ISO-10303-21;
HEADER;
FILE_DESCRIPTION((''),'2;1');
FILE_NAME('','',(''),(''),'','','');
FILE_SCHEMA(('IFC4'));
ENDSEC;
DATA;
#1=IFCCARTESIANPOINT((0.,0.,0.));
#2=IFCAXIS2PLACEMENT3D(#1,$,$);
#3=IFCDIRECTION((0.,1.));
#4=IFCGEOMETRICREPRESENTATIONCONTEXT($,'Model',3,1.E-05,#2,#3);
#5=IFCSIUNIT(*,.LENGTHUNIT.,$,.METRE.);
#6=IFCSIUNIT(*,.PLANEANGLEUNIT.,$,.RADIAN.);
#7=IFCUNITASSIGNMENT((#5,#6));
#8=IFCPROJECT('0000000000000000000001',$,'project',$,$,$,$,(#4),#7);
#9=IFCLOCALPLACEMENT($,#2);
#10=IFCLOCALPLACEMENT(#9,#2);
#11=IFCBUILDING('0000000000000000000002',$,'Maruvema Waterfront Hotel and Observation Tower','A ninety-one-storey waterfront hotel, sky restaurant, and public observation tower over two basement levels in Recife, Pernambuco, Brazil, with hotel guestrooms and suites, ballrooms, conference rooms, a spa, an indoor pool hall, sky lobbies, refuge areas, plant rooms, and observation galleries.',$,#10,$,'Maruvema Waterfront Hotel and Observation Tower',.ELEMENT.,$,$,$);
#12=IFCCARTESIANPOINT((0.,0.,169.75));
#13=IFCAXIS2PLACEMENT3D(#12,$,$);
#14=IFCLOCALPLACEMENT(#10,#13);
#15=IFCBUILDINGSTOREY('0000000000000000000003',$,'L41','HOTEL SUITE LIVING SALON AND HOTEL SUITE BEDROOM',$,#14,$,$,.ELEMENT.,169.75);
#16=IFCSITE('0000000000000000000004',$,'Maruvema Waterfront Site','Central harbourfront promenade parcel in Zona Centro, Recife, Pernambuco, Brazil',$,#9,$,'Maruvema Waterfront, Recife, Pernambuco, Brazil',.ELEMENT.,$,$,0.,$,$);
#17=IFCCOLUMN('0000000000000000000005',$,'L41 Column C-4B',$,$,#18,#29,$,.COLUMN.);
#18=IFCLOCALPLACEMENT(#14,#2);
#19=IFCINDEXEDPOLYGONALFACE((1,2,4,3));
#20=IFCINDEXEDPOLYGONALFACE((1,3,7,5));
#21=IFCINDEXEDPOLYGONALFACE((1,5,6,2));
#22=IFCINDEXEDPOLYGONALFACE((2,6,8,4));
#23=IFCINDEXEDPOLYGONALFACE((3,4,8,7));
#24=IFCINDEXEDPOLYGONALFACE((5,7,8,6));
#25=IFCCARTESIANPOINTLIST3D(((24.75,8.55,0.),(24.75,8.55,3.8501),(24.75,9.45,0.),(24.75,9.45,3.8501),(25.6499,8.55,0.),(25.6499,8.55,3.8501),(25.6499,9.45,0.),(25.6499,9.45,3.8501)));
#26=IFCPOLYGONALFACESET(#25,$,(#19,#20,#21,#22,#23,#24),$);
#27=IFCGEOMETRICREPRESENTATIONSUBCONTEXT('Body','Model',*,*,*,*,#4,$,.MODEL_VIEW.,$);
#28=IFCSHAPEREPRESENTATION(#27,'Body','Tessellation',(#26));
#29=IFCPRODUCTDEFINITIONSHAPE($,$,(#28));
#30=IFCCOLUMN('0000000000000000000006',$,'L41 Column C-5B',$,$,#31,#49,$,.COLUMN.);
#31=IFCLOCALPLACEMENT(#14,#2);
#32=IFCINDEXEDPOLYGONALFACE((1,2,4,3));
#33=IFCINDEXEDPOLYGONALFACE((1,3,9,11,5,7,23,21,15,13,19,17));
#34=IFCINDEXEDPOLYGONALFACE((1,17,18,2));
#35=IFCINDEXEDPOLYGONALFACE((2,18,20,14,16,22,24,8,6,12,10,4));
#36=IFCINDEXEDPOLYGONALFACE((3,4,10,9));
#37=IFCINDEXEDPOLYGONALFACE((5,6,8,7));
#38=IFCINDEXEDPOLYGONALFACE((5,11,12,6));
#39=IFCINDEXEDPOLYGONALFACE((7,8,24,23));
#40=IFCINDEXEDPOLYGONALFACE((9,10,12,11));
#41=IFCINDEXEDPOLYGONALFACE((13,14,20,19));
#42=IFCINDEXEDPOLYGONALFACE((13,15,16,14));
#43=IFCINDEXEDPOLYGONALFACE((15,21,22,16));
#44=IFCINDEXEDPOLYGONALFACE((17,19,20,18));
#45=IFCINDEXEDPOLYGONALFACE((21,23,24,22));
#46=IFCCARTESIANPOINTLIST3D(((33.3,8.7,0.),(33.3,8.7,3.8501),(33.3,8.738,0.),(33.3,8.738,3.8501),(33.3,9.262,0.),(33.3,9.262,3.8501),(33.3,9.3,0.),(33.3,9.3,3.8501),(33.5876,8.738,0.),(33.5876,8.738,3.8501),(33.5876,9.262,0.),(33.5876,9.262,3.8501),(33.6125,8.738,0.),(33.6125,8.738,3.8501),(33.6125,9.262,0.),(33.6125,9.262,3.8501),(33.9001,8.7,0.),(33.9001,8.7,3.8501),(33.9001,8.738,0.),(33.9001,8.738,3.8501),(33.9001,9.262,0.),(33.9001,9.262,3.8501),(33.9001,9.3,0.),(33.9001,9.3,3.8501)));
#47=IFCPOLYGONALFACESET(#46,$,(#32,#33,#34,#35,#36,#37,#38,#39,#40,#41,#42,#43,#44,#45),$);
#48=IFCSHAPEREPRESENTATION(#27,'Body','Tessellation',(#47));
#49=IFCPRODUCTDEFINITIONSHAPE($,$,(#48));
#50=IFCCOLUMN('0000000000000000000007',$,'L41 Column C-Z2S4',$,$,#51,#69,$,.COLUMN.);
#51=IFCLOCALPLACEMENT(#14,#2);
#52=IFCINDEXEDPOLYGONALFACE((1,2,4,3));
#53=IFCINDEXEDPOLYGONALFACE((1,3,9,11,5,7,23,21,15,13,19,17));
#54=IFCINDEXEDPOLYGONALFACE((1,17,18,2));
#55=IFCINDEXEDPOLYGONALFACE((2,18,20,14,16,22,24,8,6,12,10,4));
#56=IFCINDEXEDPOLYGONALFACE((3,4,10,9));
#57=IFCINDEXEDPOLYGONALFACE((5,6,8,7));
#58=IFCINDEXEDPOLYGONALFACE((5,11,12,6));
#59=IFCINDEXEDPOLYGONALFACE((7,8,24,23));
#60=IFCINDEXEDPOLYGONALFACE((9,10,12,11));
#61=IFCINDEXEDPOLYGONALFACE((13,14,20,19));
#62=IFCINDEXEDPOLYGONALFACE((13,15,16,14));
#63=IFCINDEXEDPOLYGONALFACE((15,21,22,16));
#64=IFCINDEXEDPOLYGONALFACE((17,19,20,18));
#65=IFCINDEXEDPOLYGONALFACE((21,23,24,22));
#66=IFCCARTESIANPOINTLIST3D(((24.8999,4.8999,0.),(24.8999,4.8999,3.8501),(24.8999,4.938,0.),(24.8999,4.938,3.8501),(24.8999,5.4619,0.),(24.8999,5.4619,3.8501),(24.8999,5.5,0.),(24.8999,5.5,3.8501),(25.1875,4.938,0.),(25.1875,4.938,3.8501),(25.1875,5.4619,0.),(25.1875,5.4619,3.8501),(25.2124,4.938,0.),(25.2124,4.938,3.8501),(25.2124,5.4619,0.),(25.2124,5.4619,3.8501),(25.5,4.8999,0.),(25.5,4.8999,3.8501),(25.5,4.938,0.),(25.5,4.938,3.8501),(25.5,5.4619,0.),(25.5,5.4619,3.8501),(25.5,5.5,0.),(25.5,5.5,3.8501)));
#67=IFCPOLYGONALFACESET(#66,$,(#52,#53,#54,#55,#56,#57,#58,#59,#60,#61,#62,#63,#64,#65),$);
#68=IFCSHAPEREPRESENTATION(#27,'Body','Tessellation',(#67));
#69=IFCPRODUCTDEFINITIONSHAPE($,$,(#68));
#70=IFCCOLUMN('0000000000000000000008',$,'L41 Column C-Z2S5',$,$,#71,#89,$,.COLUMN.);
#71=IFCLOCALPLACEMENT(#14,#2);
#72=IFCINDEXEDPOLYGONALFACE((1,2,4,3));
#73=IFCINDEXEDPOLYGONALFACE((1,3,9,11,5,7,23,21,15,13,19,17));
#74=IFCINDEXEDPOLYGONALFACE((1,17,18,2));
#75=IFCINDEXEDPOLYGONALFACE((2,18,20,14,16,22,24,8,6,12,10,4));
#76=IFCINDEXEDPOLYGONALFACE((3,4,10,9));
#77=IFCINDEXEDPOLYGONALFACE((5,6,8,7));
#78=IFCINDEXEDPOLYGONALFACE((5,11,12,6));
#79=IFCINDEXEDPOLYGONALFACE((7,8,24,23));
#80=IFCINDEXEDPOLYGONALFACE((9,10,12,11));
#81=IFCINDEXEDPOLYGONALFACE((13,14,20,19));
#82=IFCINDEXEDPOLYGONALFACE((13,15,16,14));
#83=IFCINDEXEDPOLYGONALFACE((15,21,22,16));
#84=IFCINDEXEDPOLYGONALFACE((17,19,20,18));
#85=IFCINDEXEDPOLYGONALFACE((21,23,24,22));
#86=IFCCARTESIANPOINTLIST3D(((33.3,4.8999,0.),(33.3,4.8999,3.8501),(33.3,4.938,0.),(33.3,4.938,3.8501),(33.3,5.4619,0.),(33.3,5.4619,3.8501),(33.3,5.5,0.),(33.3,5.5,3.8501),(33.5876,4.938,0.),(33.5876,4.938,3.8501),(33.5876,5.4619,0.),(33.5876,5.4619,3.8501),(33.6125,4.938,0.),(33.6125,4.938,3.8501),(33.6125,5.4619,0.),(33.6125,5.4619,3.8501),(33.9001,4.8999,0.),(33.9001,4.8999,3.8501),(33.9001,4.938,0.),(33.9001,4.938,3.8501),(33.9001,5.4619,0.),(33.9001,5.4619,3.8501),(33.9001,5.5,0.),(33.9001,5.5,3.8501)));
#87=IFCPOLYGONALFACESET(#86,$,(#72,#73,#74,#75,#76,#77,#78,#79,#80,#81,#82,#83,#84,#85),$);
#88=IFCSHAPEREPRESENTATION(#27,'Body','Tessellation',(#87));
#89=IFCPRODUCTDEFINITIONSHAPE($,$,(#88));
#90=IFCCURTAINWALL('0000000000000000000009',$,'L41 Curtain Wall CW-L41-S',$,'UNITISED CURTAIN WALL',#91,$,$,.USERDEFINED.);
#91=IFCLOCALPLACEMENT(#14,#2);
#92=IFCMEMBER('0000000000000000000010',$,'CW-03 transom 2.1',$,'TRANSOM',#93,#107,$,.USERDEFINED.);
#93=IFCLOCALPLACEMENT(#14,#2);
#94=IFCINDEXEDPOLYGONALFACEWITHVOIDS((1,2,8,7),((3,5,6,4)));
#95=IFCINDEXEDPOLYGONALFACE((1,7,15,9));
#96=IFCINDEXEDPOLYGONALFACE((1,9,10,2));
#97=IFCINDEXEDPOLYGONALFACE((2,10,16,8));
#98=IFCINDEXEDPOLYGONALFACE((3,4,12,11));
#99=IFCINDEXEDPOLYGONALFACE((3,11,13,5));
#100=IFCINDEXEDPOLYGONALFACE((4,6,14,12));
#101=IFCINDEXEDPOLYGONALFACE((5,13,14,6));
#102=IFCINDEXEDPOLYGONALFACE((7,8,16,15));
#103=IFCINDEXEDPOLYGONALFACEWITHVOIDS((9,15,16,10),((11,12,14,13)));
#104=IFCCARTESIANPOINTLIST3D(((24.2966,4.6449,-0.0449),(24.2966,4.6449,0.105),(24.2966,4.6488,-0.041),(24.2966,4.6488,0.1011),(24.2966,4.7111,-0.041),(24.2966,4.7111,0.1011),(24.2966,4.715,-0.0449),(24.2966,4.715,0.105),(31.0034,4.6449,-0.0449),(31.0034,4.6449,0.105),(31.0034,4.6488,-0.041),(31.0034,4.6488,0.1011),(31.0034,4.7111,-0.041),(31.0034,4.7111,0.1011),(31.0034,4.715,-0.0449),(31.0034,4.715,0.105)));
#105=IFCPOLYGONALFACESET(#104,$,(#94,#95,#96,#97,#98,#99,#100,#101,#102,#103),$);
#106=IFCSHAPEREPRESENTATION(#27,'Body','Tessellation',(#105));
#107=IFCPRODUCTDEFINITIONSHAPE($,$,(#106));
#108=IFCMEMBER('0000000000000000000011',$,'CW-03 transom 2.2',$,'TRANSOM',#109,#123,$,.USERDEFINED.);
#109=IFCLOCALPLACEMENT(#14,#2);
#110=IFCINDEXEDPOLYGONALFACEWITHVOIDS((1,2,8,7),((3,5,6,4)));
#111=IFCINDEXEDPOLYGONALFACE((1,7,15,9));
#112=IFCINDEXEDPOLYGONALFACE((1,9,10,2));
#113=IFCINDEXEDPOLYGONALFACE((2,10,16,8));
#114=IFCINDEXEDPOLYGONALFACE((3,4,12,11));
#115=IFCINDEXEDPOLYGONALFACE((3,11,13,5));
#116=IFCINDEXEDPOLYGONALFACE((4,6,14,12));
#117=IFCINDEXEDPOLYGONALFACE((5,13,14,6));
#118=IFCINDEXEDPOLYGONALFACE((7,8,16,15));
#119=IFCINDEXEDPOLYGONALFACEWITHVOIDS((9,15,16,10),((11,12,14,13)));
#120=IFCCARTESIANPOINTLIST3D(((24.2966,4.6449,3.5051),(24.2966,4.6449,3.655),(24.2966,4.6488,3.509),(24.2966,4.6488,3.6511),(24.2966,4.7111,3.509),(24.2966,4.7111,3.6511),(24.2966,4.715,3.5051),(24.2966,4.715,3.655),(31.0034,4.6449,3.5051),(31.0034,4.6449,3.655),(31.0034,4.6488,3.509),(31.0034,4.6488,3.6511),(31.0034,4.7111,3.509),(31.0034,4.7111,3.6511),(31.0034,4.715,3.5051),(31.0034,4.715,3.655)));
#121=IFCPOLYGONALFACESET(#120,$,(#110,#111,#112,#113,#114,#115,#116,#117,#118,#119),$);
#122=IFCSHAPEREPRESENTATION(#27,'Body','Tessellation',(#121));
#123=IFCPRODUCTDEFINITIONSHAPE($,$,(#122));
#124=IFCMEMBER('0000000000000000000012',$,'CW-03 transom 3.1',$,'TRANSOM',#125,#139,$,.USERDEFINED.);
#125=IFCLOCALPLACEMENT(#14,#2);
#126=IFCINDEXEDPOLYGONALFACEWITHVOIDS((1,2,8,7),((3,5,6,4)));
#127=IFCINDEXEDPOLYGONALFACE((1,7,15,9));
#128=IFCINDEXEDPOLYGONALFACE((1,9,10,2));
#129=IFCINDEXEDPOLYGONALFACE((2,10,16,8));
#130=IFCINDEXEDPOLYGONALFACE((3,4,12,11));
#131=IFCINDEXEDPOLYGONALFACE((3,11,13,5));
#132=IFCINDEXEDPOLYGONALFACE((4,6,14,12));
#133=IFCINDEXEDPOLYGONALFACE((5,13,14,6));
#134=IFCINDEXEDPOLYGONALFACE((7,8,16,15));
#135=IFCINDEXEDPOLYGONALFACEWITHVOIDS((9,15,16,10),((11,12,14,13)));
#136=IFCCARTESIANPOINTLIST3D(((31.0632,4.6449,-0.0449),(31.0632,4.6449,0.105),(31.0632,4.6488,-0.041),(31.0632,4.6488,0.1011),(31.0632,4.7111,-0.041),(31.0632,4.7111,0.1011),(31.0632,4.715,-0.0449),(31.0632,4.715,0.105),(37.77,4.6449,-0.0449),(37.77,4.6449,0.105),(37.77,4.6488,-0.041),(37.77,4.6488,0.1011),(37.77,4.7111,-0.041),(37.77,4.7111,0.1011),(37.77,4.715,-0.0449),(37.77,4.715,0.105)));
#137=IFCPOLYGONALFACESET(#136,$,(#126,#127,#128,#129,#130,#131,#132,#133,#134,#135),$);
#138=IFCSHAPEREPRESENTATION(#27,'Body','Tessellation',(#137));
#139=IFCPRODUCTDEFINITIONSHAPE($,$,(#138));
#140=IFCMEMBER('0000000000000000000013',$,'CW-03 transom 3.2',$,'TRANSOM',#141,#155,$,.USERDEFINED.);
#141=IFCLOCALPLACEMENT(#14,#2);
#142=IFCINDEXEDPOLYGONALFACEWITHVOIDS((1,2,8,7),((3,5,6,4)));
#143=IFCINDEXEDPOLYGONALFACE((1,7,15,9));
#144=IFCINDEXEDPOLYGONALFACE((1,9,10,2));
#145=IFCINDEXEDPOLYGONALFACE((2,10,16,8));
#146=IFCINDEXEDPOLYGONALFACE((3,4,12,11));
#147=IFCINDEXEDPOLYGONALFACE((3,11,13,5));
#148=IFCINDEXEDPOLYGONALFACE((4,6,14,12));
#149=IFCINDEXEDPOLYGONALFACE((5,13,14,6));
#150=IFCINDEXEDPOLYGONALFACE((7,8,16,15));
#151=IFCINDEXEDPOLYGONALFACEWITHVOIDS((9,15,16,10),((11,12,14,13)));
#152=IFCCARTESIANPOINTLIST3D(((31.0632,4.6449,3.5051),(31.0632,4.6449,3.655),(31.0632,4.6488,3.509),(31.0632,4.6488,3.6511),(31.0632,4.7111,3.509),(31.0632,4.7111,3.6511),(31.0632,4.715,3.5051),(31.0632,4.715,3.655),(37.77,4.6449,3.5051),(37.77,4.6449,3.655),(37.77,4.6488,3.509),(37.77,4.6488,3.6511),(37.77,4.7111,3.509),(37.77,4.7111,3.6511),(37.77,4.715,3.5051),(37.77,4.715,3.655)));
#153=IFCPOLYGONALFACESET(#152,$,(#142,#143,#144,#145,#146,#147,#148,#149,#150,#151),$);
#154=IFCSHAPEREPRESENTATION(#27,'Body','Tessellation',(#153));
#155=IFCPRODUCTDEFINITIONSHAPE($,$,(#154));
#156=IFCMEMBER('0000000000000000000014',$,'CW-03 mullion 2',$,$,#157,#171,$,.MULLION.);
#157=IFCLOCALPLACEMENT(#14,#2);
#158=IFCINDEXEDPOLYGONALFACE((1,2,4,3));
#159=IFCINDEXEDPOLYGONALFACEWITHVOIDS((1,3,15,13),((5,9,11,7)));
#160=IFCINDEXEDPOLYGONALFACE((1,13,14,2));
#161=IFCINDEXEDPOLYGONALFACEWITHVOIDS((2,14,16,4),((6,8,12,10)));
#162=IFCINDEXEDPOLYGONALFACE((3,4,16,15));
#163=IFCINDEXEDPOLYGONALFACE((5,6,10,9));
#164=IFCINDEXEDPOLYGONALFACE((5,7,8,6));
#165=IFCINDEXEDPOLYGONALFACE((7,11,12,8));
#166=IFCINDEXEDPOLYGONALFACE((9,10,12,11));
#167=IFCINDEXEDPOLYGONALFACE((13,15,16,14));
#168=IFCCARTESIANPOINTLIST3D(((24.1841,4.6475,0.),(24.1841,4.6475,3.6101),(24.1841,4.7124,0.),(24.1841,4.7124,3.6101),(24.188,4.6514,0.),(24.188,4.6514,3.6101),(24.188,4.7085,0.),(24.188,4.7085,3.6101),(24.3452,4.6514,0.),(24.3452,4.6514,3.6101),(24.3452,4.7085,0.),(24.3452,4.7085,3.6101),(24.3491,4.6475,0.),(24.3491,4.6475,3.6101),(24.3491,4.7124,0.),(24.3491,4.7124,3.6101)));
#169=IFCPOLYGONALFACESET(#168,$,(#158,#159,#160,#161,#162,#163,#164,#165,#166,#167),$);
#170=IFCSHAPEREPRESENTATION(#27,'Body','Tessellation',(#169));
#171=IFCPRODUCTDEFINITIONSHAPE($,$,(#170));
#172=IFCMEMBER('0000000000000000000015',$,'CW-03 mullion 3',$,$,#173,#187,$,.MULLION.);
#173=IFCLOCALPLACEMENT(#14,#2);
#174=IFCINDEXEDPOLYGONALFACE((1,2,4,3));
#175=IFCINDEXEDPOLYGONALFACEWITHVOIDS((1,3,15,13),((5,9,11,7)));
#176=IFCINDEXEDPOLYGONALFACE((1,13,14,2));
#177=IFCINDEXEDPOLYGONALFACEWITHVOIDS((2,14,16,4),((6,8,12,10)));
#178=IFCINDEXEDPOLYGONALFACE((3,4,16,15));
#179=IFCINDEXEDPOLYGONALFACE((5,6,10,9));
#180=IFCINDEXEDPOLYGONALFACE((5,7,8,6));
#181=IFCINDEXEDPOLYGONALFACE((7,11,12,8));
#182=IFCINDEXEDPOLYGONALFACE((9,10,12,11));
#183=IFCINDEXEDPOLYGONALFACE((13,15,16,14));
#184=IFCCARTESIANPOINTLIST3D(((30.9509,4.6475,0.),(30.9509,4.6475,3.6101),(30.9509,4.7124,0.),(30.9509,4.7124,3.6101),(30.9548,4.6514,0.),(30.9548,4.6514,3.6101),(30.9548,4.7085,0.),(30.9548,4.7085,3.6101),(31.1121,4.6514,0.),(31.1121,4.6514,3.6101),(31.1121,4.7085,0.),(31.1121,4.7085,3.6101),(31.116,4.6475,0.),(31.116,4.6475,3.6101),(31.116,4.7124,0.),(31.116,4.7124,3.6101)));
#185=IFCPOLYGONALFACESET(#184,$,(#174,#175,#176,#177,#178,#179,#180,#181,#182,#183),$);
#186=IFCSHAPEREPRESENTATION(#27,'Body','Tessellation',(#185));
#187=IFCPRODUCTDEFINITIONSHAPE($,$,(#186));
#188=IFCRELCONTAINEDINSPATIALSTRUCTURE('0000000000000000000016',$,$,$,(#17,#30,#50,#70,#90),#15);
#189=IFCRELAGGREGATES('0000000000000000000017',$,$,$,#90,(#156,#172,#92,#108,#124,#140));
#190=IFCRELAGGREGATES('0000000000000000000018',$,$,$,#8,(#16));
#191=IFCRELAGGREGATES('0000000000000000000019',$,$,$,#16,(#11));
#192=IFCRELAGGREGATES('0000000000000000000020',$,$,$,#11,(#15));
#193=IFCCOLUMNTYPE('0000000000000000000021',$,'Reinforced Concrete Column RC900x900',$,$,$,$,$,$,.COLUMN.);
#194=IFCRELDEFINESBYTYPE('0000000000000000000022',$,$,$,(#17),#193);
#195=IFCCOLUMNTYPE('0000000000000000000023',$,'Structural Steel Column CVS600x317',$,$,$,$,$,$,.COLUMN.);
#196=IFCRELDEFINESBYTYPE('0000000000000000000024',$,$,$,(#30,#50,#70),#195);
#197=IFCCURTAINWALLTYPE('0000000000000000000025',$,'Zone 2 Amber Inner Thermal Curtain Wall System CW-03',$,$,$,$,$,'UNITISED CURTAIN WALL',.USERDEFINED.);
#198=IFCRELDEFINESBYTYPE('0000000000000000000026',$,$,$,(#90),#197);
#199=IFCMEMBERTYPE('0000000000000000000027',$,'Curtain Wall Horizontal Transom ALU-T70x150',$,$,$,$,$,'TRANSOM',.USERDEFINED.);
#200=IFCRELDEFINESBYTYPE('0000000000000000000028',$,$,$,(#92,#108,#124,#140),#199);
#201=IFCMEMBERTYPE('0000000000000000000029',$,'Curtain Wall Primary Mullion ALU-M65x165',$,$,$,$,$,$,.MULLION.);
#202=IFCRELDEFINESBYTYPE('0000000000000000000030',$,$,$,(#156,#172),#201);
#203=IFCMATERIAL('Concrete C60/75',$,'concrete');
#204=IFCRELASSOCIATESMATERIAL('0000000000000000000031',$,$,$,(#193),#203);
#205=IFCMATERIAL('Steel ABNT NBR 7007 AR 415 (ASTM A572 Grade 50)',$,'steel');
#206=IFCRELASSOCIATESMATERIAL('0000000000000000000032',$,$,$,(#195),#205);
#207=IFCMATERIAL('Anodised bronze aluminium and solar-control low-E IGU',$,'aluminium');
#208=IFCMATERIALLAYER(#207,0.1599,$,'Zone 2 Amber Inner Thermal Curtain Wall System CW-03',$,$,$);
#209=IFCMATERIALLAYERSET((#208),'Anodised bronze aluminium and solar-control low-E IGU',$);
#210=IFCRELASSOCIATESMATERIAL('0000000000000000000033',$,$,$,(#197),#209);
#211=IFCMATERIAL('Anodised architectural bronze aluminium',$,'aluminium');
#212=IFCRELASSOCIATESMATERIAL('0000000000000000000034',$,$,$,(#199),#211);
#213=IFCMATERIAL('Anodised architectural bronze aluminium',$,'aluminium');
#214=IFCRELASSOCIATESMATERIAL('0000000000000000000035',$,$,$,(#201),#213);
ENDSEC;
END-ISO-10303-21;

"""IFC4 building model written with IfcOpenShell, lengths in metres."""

from ifc_helpers import new_model, si_unit, direction, frame, origin, origin_2d, place, context, subcontext, project, spatial, rectangle, hollow_rectangle, i_section, extrude, material, layer, layer_set, material_profile, profile_set, type_object, element, aggregate, save


model = new_model("IFC4")

# Units and contexts
model_context = context("Model", 3, precision=1e-05, world=origin(), true_north=direction((0.0, 1.0)))
body_context = subcontext(model_context, "Body", "Model", "MODEL_VIEW")
ifc_project = project(units=[si_unit("LENGTHUNIT", "METRE"), si_unit("PLANEANGLEUNIT", "RADIAN")], contexts=[model_context])

# Site, building, storey
site_placement = place(None, origin())
site = spatial("IfcSite", under=ifc_project, at=site_placement, Name="Maruvema Waterfront Site", Description="Central harbourfront promenade parcel in Zona Centro, Recife, Pernambuco, Brazil", LongName="Maruvema Waterfront, Recife, Pernambuco, Brazil", CompositionType="ELEMENT", RefElevation=0.0)
building_placement = place(site_placement, origin())
building = spatial("IfcBuilding", under=site, at=building_placement, Name="Maruvema Waterfront Hotel and Observation Tower", Description="A ninety-one-storey waterfront hotel, sky restaurant, and public observation tower over two basement levels in Recife, Pernambuco, Brazil, with hotel guestrooms and suites, ballrooms, conference rooms, a spa, an indoor pool hall, sky lobbies, refuge areas, plant rooms, and observation galleries.", LongName="Maruvema Waterfront Hotel and Observation Tower", CompositionType="ELEMENT")
storey_placement = place(building_placement, frame((0.0, 0.0, 169.75)))
storey = spatial("IfcBuildingStorey", under=building, at=storey_placement, Name="L41", Description="HOTEL SUITE LIVING SALON AND HOTEL SUITE BEDROOM", CompositionType="ELEMENT", Elevation=169.75)

# Columns
ifc_material_1 = material(Name="Concrete C60/75", Category="concrete")
ifc_material_profile_1 = material_profile(ifc_material_1, rectangle(XDim=0.8999, YDim=0.8999, at=origin_2d()), Name="RC900x900")
ifc_profile_set_1 = profile_set([ifc_material_profile_1], Name="Concrete C60/75")
column_type_1 = type_object("IfcColumnType", Name="Reinforced Concrete Column RC900x900", PredefinedType="COLUMN", material=ifc_profile_set_1)
column_placement = place(storey_placement, frame((25.2, 9.0, 0.0), z_axis=(0.0, 0.0, 1.0), x_axis=(1.0, 0.0, 0.0)))
element("IfcColumn", 1, at=column_placement, inside=storey, type_object=column_type_1, Name="L41 Column C-4B", PredefinedType="COLUMN", context=body_context, shape_type="SweptSolid", body=[
    extrude(rectangle(XDim=0.8999, YDim=0.8999, at=origin_2d()), origin(), (0.0, 0.0, 1.0), 3.8501),
])
ifc_material_2 = material(Name="Steel ABNT NBR 7007 AR 415 (ASTM A572 Grade 50)", Category="steel")
ifc_material_profile_2 = material_profile(ifc_material_2, i_section(OverallWidth=0.6001, OverallDepth=0.6001, WebThickness=0.0249, FlangeThickness=0.0381, at=origin_2d()), Name="CVS600x317")
ifc_profile_set_2 = profile_set([ifc_material_profile_2], Name="Steel ABNT NBR 7007 AR 415 (ASTM A572 Grade 50)")
column_type_2 = type_object("IfcColumnType", Name="Structural Steel Column CVS600x317", PredefinedType="COLUMN", material=ifc_profile_set_2)
for number, where, z_axis, x_axis, name in (
    (2, (33.6001, 9.0, 0.0), (0.0, 0.0, 1.0), (1.0, 0.0, 0.0), "L41 Column C-5B"),
    (3, (25.2, 5.2, 0.0), (0.0, 0.0, 1.0), (1.0, 0.0, 0.0), "L41 Column C-Z2S4"),
    (4, (33.6001, 5.2, 0.0), (0.0, 0.0, 1.0), (1.0, 0.0, 0.0), "L41 Column C-Z2S5"),
):
    element("IfcColumn", number, at=place(storey_placement, frame(where, z_axis=z_axis, x_axis=x_axis)), inside=storey, type_object=column_type_2, Name=name, PredefinedType="COLUMN", context=body_context, shape_type="SweptSolid", body=[
        extrude(i_section(OverallWidth=0.6001, OverallDepth=0.6001, WebThickness=0.0249, FlangeThickness=0.0381, at=origin_2d()), origin(), (0.0, 0.0, 1.0), 3.8501),
    ])

# Curtain wall, members
ifc_material_3 = material(Name="Anodised bronze aluminium and solar-control low-E IGU", Category="aluminium")
ifc_layer_1 = layer(ifc_material_3, 0.1599, Name="Zone 2 Amber Inner Thermal Curtain Wall System CW-03")
ifc_layer_set_1 = layer_set([ifc_layer_1], Name="Anodised bronze aluminium and solar-control low-E IGU")
curtain_wall_type = type_object("IfcCurtainWallType", Name="Zone 2 Amber Inner Thermal Curtain Wall System CW-03", ElementType="UNITISED CURTAIN WALL", PredefinedType="USERDEFINED", material=ifc_layer_set_1)
curtain_wall_placement = place(storey_placement, origin())
curtain_wall = element("IfcCurtainWall", 5, at=curtain_wall_placement, inside=storey, type_object=curtain_wall_type, Name="L41 Curtain Wall CW-L41-S", ObjectType="UNITISED CURTAIN WALL", PredefinedType="USERDEFINED")
ifc_material_4 = material(Name="Anodised architectural bronze aluminium", Category="aluminium")
ifc_material_profile_3 = material_profile(ifc_material_4, hollow_rectangle(XDim=0.0701, YDim=0.1499, WallThickness=0.0039, at=origin_2d()), Name="ALU-T70x150")
ifc_profile_set_3 = profile_set([ifc_material_profile_3], Name="Anodised architectural bronze aluminium")
member_type_1 = type_object("IfcMemberType", Name="Curtain Wall Horizontal Transom ALU-T70x150", ElementType="TRANSOM", PredefinedType="USERDEFINED", material=ifc_profile_set_3)
member_1_placement = place(storey_placement, frame((24.2966, 4.6799, 0.03), z_axis=(1.0, 0.0, 0.0), x_axis=(0.0, 1.0, 0.0)))
member_1 = element("IfcMember", 6, at=member_1_placement, type_object=member_type_1, Name="CW-03 transom 2.1", ObjectType="TRANSOM", PredefinedType="USERDEFINED", context=body_context, shape_type="SweptSolid", body=[
    extrude(hollow_rectangle(XDim=0.0701, YDim=0.1499, WallThickness=0.0039, at=origin_2d()), origin(), (0.0, 0.0, 1.0), 6.7068),
])
member_2_placement = place(storey_placement, frame((24.2966, 4.6799, 3.5801), z_axis=(1.0, 0.0, 0.0), x_axis=(0.0, 1.0, 0.0)))
member_2 = element("IfcMember", 7, at=member_2_placement, type_object=member_type_1, Name="CW-03 transom 2.2", ObjectType="TRANSOM", PredefinedType="USERDEFINED", context=body_context, shape_type="SweptSolid", body=[
    extrude(hollow_rectangle(XDim=0.0701, YDim=0.1499, WallThickness=0.0039, at=origin_2d()), origin(), (0.0, 0.0, 1.0), 6.7068),
])
member_3_placement = place(storey_placement, frame((31.0632, 4.6799, 0.03), z_axis=(1.0, 0.0, 0.0), x_axis=(0.0, 1.0, 0.0)))
member_3 = element("IfcMember", 8, at=member_3_placement, type_object=member_type_1, Name="CW-03 transom 3.1", ObjectType="TRANSOM", PredefinedType="USERDEFINED", context=body_context, shape_type="SweptSolid", body=[
    extrude(hollow_rectangle(XDim=0.0701, YDim=0.1499, WallThickness=0.0039, at=origin_2d()), origin(), (0.0, 0.0, 1.0), 6.7068),
])
member_4_placement = place(storey_placement, frame((31.0632, 4.6799, 3.5801), z_axis=(1.0, 0.0, 0.0), x_axis=(0.0, 1.0, 0.0)))
member_4 = element("IfcMember", 9, at=member_4_placement, type_object=member_type_1, Name="CW-03 transom 3.2", ObjectType="TRANSOM", PredefinedType="USERDEFINED", context=body_context, shape_type="SweptSolid", body=[
    extrude(hollow_rectangle(XDim=0.0701, YDim=0.1499, WallThickness=0.0039, at=origin_2d()), origin(), (0.0, 0.0, 1.0), 6.7068),
])
ifc_material_5 = material(Name="Anodised architectural bronze aluminium", Category="aluminium")
ifc_material_profile_4 = material_profile(ifc_material_5, hollow_rectangle(XDim=0.0649, YDim=0.165, WallThickness=0.0039, at=origin_2d()), Name="ALU-M65x165")
ifc_profile_set_4 = profile_set([ifc_material_profile_4], Name="Anodised architectural bronze aluminium")
member_type_2 = type_object("IfcMemberType", Name="Curtain Wall Primary Mullion ALU-M65x165", PredefinedType="MULLION", material=ifc_profile_set_4)
member_5_placement = place(storey_placement, frame((24.2666, 4.6799, 0.0), z_axis=(0.0, 0.0, 1.0), x_axis=(0.0, 1.0, 0.0)))
member_5 = element("IfcMember", 10, at=member_5_placement, type_object=member_type_2, Name="CW-03 mullion 2", PredefinedType="MULLION", context=body_context, shape_type="SweptSolid", body=[
    extrude(hollow_rectangle(XDim=0.0649, YDim=0.165, WallThickness=0.0039, at=origin_2d()), origin(), (0.0, 0.0, 1.0), 3.6101),
])
member_6_placement = place(storey_placement, frame((31.0334, 4.6799, 0.0), z_axis=(0.0, 0.0, 1.0), x_axis=(0.0, 1.0, 0.0)))
member_6 = element("IfcMember", 11, at=member_6_placement, type_object=member_type_2, Name="CW-03 mullion 3", PredefinedType="MULLION", context=body_context, shape_type="SweptSolid", body=[
    extrude(hollow_rectangle(XDim=0.0649, YDim=0.165, WallThickness=0.0039, at=origin_2d()), origin(), (0.0, 0.0, 1.0), 3.6101),
])

aggregate(curtain_wall, [member_5, member_6, member_1, member_2, member_3, member_4])

save(model, "model.ifc")
